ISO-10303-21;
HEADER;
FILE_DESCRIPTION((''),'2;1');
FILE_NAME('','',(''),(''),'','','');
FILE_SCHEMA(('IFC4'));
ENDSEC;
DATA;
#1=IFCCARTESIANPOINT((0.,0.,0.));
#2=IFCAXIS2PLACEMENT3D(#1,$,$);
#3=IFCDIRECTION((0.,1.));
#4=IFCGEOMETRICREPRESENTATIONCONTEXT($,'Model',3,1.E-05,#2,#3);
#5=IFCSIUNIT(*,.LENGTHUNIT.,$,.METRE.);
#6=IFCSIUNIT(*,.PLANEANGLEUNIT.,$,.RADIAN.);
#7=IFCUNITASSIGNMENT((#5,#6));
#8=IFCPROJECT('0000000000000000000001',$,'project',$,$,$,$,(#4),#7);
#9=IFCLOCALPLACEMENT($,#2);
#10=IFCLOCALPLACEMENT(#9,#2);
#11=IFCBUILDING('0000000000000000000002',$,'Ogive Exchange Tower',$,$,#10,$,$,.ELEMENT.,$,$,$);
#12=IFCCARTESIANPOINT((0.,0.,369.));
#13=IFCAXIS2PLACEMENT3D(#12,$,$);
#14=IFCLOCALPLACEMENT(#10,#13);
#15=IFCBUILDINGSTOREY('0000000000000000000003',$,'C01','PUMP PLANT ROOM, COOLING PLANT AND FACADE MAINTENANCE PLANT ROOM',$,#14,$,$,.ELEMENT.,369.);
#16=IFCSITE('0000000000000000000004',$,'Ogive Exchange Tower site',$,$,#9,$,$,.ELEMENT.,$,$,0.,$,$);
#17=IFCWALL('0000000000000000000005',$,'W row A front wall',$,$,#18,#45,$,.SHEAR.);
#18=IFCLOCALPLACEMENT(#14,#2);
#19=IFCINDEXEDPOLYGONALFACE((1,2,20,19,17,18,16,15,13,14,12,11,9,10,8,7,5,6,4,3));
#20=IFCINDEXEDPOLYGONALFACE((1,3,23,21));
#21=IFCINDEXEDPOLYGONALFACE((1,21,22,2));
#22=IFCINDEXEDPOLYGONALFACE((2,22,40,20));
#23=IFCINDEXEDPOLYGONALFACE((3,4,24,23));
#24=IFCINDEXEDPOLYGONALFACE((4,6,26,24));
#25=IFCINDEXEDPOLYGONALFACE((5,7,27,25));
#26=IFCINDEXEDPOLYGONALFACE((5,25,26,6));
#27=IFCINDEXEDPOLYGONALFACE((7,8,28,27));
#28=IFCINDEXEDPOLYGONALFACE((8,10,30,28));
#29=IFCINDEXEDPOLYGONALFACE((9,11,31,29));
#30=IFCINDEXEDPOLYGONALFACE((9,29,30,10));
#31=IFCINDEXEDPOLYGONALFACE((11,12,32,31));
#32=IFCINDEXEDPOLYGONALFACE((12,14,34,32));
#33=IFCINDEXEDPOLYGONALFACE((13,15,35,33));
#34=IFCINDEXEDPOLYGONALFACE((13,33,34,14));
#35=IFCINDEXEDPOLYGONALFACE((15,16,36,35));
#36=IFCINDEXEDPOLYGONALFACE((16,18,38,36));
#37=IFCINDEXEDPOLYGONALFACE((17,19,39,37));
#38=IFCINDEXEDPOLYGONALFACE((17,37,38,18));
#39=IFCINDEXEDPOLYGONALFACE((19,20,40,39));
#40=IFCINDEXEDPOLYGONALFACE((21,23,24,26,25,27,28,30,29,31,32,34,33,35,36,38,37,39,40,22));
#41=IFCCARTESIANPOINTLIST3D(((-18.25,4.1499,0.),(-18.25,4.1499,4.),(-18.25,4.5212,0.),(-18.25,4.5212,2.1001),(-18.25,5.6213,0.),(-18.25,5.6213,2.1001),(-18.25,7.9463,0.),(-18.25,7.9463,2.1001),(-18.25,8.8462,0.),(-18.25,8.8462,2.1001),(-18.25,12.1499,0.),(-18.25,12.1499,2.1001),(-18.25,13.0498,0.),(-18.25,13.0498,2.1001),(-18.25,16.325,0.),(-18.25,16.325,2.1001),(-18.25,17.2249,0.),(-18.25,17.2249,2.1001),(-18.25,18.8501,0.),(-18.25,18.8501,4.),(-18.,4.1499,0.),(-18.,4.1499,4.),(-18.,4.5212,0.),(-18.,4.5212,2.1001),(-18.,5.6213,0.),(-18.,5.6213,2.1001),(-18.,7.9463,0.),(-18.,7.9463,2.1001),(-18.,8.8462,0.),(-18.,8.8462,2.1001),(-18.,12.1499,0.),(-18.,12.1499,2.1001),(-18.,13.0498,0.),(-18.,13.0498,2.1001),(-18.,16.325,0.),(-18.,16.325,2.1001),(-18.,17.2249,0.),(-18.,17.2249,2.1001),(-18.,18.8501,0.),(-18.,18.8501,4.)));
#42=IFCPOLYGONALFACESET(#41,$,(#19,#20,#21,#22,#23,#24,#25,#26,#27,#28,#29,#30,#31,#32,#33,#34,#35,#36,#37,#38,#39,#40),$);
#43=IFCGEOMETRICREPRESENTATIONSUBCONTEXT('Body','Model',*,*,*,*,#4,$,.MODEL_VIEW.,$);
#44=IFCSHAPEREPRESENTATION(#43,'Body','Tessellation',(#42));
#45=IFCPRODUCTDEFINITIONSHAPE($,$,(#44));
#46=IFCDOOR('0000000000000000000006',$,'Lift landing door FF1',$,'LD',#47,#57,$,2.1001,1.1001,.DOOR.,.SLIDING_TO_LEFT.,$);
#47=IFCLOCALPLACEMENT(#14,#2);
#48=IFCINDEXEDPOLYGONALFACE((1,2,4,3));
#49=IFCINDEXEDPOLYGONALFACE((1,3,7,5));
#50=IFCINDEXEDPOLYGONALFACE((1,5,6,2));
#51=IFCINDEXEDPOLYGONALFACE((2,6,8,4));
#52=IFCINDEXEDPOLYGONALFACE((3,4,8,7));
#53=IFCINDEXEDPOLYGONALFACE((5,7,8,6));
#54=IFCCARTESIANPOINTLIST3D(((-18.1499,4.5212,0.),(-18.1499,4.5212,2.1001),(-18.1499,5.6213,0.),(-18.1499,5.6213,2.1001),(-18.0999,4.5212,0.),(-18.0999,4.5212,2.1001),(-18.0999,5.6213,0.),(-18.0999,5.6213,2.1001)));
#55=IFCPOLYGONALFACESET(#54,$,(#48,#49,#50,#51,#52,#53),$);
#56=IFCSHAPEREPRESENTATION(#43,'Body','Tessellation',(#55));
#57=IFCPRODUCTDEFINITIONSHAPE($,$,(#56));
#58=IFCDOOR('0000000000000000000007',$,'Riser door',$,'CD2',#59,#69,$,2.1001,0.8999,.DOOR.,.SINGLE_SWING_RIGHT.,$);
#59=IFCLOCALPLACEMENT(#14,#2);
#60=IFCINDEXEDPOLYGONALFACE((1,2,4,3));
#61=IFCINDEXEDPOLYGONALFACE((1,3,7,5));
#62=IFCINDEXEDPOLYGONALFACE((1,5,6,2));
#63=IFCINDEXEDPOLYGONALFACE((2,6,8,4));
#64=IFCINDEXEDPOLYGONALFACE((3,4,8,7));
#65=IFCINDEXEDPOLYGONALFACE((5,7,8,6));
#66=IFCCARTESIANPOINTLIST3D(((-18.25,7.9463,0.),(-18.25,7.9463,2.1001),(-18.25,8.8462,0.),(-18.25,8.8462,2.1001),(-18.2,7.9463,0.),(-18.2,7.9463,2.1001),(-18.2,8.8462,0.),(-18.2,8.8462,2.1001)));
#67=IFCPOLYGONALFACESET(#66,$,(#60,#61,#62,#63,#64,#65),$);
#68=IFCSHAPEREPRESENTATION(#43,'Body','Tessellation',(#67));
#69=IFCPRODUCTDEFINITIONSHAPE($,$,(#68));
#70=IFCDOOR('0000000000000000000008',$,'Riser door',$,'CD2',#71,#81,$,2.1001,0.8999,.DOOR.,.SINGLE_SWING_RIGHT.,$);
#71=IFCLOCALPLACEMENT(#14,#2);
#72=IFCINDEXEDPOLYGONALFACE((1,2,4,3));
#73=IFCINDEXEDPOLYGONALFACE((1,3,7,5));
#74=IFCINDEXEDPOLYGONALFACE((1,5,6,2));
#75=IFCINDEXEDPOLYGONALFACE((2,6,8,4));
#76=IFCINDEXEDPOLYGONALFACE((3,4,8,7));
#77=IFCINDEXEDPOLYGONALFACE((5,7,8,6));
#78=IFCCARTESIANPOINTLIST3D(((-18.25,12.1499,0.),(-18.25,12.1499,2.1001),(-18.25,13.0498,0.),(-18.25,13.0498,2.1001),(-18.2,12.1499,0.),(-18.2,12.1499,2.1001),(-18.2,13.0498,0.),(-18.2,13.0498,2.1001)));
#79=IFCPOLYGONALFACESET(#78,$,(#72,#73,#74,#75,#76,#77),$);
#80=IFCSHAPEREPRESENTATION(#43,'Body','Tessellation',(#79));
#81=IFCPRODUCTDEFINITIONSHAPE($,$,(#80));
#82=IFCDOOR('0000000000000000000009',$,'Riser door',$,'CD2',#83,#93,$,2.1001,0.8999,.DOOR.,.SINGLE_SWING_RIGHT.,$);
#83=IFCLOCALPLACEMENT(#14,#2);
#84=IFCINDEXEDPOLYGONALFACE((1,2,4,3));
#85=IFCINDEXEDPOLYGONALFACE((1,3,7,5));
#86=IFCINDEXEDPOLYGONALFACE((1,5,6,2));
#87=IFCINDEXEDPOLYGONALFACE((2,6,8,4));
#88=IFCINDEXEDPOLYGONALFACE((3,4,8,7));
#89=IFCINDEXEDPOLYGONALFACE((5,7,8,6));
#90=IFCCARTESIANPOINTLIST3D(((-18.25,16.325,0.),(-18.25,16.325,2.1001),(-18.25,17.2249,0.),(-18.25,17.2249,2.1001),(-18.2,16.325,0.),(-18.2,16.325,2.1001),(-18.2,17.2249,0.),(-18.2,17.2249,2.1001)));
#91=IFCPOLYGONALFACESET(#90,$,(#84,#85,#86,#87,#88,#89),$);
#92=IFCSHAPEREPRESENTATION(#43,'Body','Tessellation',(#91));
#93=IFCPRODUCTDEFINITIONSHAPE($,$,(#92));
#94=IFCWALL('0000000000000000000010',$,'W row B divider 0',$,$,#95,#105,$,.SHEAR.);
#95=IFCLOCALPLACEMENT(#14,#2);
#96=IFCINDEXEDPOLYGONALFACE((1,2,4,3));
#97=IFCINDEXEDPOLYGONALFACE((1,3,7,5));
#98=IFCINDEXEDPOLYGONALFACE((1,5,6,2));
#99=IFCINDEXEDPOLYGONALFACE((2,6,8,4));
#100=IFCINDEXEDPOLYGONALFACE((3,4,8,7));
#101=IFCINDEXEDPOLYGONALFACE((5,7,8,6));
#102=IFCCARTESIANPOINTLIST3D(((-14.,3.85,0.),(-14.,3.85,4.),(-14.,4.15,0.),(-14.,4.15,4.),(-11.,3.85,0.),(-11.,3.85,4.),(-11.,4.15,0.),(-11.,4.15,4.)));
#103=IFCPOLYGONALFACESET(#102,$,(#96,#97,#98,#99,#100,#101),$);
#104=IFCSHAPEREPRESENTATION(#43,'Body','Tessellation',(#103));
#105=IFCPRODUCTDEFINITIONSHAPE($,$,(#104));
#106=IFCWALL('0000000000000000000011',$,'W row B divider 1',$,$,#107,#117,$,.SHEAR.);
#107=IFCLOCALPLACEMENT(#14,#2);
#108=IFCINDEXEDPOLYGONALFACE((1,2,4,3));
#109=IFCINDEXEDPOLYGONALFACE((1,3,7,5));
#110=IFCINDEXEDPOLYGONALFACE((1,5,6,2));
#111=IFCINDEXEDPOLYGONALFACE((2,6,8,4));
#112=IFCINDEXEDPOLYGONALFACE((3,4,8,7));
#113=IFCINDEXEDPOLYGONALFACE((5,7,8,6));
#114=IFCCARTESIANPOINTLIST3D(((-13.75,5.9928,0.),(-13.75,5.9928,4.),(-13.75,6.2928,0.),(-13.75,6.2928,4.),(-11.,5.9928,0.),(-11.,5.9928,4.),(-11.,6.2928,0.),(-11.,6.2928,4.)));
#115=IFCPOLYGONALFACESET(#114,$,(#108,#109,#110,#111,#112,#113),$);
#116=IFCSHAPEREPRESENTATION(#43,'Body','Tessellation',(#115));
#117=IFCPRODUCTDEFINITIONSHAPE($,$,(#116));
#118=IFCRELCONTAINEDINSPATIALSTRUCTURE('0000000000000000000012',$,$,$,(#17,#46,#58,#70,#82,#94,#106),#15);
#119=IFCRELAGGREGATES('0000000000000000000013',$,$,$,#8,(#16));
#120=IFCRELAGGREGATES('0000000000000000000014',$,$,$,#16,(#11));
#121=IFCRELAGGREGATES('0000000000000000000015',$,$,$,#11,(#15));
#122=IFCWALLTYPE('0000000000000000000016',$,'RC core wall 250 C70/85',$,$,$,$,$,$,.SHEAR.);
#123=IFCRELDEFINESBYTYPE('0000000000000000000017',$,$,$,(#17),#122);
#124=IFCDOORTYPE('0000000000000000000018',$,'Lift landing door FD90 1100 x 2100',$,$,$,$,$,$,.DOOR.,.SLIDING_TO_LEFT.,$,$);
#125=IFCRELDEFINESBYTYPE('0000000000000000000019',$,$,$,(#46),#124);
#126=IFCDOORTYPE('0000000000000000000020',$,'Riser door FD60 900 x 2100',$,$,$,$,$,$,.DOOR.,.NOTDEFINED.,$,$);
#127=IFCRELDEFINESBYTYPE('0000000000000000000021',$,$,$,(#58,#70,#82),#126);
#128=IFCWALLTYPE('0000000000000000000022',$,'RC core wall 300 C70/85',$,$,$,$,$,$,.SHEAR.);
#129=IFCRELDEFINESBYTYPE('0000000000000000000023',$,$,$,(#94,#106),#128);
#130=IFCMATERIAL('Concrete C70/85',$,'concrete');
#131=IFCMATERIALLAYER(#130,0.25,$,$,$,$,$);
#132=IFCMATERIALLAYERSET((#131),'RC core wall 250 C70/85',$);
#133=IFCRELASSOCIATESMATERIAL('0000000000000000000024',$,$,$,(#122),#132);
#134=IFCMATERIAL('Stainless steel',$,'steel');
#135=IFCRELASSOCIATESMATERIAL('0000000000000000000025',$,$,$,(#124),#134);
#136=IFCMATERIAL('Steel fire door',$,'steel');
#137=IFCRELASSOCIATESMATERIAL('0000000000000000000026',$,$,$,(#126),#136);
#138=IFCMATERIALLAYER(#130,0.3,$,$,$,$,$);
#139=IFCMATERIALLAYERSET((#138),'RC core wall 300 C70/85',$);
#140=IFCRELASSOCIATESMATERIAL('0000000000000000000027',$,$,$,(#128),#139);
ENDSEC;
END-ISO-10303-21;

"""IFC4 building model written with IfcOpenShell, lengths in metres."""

from ifc_helpers import new_model, si_unit, direction, frame, frame_2d, origin, place, context, subcontext, project, spatial, rectangle, extrude, material, layer, layer_set, type_object, element, fill, save


model = new_model("IFC4")

# Units and contexts
model_context = context("Model", 3, precision=1e-05, world=origin(), true_north=direction((0.0, 1.0)))
body_context = subcontext(model_context, "Body", "Model", "MODEL_VIEW")
ifc_project = project(units=[si_unit("LENGTHUNIT", "METRE"), si_unit("PLANEANGLEUNIT", "RADIAN")], contexts=[model_context])

# Site, building, storey
site_placement = place(None, origin())
site = spatial("IfcSite", under=ifc_project, at=site_placement, Name="Ogive Exchange Tower site", CompositionType="ELEMENT", RefElevation=0.0)
building_placement = place(site_placement, origin())
building = spatial("IfcBuilding", under=site, at=building_placement, Name="Ogive Exchange Tower", CompositionType="ELEMENT")
storey_placement = place(building_placement, frame((0.0, 0.0, 369.0)))
storey = spatial("IfcBuildingStorey", under=building, at=storey_placement, Name="C01", Description="PUMP PLANT ROOM, COOLING PLANT AND FACADE MAINTENANCE PLANT ROOM", CompositionType="ELEMENT", Elevation=369.0)

# Shared definitions
ifc_material_1 = material(Name="Concrete C70/85", Category="concrete")
ifc_material_2 = material(Name="Steel fire door", Category="steel")
ifc_layer_1 = layer(ifc_material_1, 0.25)
ifc_layer_set_1 = layer_set([ifc_layer_1], Name="RC core wall 250 C70/85")
wall_type_1 = type_object("IfcWallType", Name="RC core wall 250 C70/85", PredefinedType="SHEAR", material=ifc_layer_set_1)

# Wall, openings, doors
wall_1_placement = place(storey_placement, frame((-18.125, 4.1499, 0.0), z_axis=(0.0, 0.0, 1.0), x_axis=(0.0, 1.0, 0.0)))
wall_1 = element("IfcWall", 1, at=wall_1_placement, inside=storey, type_object=wall_type_1, Name="W row A front wall", PredefinedType="SHEAR", context=body_context, shape_type="SweptSolid", body=[
    extrude(rectangle(XDim=14.7002, YDim=0.25, at=frame_2d((7.3501, 0.0))), origin(), (0.0, 0.0, 1.0), 4.0),
])
opening_1_placement = place(wall_1_placement, frame((3.7964, 0.0, 0.0)))
opening_1 = element("IfcOpeningElement", 2, at=opening_1_placement, cuts=wall_1, PredefinedType="OPENING", context=body_context, shape_type="SweptSolid", body=[
    extrude(rectangle(XDim=0.8999, YDim=2.1001, at=frame_2d((0.45, 1.05))), frame((0.0, 0.135, 0.0), z_axis=(0.0, -1.0, 0.0), x_axis=(1.0, 0.0, 0.0)), (0.0, 0.0, 1.0), 0.27),
])
opening_2_placement = place(wall_1_placement, frame((8.0, 0.0, 0.0)))
opening_2 = element("IfcOpeningElement", 3, at=opening_2_placement, cuts=wall_1, PredefinedType="OPENING", context=body_context, shape_type="SweptSolid", body=[
    extrude(rectangle(XDim=0.8999, YDim=2.1001, at=frame_2d((0.45, 1.05))), frame((0.0, 0.135, 0.0), z_axis=(0.0, -1.0, 0.0), x_axis=(1.0, 0.0, 0.0)), (0.0, 0.0, 1.0), 0.27),
])
opening_3_placement = place(wall_1_placement, frame((12.175, 0.0, 0.0)))
opening_3 = element("IfcOpeningElement", 4, at=opening_3_placement, cuts=wall_1, PredefinedType="OPENING", context=body_context, shape_type="SweptSolid", body=[
    extrude(rectangle(XDim=0.8999, YDim=2.1001, at=frame_2d((0.45, 1.05))), frame((0.0, 0.135, 0.0), z_axis=(0.0, -1.0, 0.0), x_axis=(1.0, 0.0, 0.0)), (0.0, 0.0, 1.0), 0.27),
])
opening_4_placement = place(wall_1_placement, frame((0.3713, 0.0, 0.0)))
opening_4 = element("IfcOpeningElement", 5, at=opening_4_placement, cuts=wall_1, PredefinedType="OPENING", context=body_context, shape_type="SweptSolid", body=[
    extrude(rectangle(XDim=1.1001, YDim=2.1001, at=frame_2d((0.55, 1.05))), frame((0.0, 0.135, 0.0), z_axis=(0.0, -1.0, 0.0), x_axis=(1.0, 0.0, 0.0)), (0.0, 0.0, 1.0), 0.27),
])
ifc_material_3 = material(Name="Stainless steel", Category="steel")
door_type_1 = type_object("IfcDoorType", Name="Lift landing door FD90 1100 x 2100", OperationType="SLIDING_TO_LEFT", PredefinedType="DOOR", material=ifc_material_3)
door_1_placement = place(opening_4_placement, origin())
door_1 = element("IfcDoor", 6, at=door_1_placement, inside=storey, type_object=door_type_1, Name="Lift landing door FF1", ObjectType="LD", OperationType="SLIDING_TO_LEFT", OverallHeight=2.1001, OverallWidth=1.1001, PredefinedType="DOOR", context=body_context, shape_type="SweptSolid", body=[
    extrude(rectangle(XDim=1.1001, YDim=2.1001, at=frame_2d((0.55, 1.05))), frame((0.0, 0.0249, 0.0), z_axis=(0.0, -1.0, 0.0), x_axis=(1.0, 0.0, 0.0)), (0.0, 0.0, 1.0), 0.05),
])
fill(opening_4, door_1)
door_type_2 = type_object("IfcDoorType", Name="Riser door FD60 900 x 2100", OperationType="NOTDEFINED", PredefinedType="DOOR", material=ifc_material_2)
door_2_placement = place(opening_1_placement, origin())
door_2 = element("IfcDoor", 7, at=door_2_placement, inside=storey, type_object=door_type_2, Name="Riser door", ObjectType="CD2", OperationType="SINGLE_SWING_RIGHT", OverallHeight=2.1001, OverallWidth=0.8999, PredefinedType="DOOR", context=body_context, shape_type="SweptSolid", body=[
    extrude(rectangle(XDim=0.8999, YDim=2.1001, at=frame_2d((0.45, 1.05))), frame((0.0, 0.125, 0.0), z_axis=(0.0, -1.0, 0.0), x_axis=(1.0, 0.0, 0.0)), (0.0, 0.0, 1.0), 0.05),
])
fill(opening_1, door_2)
door_3_placement = place(opening_2_placement, origin())
door_3 = element("IfcDoor", 8, at=door_3_placement, inside=storey, type_object=door_type_2, Name="Riser door", ObjectType="CD2", OperationType="SINGLE_SWING_RIGHT", OverallHeight=2.1001, OverallWidth=0.8999, PredefinedType="DOOR", context=body_context, shape_type="SweptSolid", body=[
    extrude(rectangle(XDim=0.8999, YDim=2.1001, at=frame_2d((0.45, 1.05))), frame((0.0, 0.125, 0.0), z_axis=(0.0, -1.0, 0.0), x_axis=(1.0, 0.0, 0.0)), (0.0, 0.0, 1.0), 0.05),
])
fill(opening_2, door_3)
door_4_placement = place(opening_3_placement, origin())
door_4 = element("IfcDoor", 9, at=door_4_placement, inside=storey, type_object=door_type_2, Name="Riser door", ObjectType="CD2", OperationType="SINGLE_SWING_RIGHT", OverallHeight=2.1001, OverallWidth=0.8999, PredefinedType="DOOR", context=body_context, shape_type="SweptSolid", body=[
    extrude(rectangle(XDim=0.8999, YDim=2.1001, at=frame_2d((0.45, 1.05))), frame((0.0, 0.125, 0.0), z_axis=(0.0, -1.0, 0.0), x_axis=(1.0, 0.0, 0.0)), (0.0, 0.0, 1.0), 0.05),
])
fill(opening_3, door_4)

# Walls
ifc_layer_2 = layer(ifc_material_1, 0.3)
ifc_layer_set_2 = layer_set([ifc_layer_2], Name="RC core wall 300 C70/85")
wall_type_2 = type_object("IfcWallType", Name="RC core wall 300 C70/85", PredefinedType="SHEAR", material=ifc_layer_set_2)
wall_2_placement = place(storey_placement, frame((-14.0, 4.0, 0.0), z_axis=(0.0, 0.0, 1.0), x_axis=(1.0, 0.0, 0.0)))
element("IfcWall", 10, at=wall_2_placement, inside=storey, type_object=wall_type_2, Name="W row B divider 0", PredefinedType="SHEAR", context=body_context, shape_type="SweptSolid", body=[
    extrude(rectangle(XDim=3.0, YDim=0.3, at=frame_2d((1.5, 0.0))), origin(), (0.0, 0.0, 1.0), 4.0),
])
wall_3_placement = place(storey_placement, frame((-13.75, 6.1428, 0.0), z_axis=(0.0, 0.0, 1.0), x_axis=(1.0, 0.0, 0.0)))
element("IfcWall", 11, at=wall_3_placement, inside=storey, type_object=wall_type_2, Name="W row B divider 1", PredefinedType="SHEAR", context=body_context, shape_type="SweptSolid", body=[
    extrude(rectangle(XDim=2.75, YDim=0.3, at=frame_2d((1.375, 0.0))), origin(), (0.0, 0.0, 1.0), 4.0),
])

save(model, "model.ifc")
